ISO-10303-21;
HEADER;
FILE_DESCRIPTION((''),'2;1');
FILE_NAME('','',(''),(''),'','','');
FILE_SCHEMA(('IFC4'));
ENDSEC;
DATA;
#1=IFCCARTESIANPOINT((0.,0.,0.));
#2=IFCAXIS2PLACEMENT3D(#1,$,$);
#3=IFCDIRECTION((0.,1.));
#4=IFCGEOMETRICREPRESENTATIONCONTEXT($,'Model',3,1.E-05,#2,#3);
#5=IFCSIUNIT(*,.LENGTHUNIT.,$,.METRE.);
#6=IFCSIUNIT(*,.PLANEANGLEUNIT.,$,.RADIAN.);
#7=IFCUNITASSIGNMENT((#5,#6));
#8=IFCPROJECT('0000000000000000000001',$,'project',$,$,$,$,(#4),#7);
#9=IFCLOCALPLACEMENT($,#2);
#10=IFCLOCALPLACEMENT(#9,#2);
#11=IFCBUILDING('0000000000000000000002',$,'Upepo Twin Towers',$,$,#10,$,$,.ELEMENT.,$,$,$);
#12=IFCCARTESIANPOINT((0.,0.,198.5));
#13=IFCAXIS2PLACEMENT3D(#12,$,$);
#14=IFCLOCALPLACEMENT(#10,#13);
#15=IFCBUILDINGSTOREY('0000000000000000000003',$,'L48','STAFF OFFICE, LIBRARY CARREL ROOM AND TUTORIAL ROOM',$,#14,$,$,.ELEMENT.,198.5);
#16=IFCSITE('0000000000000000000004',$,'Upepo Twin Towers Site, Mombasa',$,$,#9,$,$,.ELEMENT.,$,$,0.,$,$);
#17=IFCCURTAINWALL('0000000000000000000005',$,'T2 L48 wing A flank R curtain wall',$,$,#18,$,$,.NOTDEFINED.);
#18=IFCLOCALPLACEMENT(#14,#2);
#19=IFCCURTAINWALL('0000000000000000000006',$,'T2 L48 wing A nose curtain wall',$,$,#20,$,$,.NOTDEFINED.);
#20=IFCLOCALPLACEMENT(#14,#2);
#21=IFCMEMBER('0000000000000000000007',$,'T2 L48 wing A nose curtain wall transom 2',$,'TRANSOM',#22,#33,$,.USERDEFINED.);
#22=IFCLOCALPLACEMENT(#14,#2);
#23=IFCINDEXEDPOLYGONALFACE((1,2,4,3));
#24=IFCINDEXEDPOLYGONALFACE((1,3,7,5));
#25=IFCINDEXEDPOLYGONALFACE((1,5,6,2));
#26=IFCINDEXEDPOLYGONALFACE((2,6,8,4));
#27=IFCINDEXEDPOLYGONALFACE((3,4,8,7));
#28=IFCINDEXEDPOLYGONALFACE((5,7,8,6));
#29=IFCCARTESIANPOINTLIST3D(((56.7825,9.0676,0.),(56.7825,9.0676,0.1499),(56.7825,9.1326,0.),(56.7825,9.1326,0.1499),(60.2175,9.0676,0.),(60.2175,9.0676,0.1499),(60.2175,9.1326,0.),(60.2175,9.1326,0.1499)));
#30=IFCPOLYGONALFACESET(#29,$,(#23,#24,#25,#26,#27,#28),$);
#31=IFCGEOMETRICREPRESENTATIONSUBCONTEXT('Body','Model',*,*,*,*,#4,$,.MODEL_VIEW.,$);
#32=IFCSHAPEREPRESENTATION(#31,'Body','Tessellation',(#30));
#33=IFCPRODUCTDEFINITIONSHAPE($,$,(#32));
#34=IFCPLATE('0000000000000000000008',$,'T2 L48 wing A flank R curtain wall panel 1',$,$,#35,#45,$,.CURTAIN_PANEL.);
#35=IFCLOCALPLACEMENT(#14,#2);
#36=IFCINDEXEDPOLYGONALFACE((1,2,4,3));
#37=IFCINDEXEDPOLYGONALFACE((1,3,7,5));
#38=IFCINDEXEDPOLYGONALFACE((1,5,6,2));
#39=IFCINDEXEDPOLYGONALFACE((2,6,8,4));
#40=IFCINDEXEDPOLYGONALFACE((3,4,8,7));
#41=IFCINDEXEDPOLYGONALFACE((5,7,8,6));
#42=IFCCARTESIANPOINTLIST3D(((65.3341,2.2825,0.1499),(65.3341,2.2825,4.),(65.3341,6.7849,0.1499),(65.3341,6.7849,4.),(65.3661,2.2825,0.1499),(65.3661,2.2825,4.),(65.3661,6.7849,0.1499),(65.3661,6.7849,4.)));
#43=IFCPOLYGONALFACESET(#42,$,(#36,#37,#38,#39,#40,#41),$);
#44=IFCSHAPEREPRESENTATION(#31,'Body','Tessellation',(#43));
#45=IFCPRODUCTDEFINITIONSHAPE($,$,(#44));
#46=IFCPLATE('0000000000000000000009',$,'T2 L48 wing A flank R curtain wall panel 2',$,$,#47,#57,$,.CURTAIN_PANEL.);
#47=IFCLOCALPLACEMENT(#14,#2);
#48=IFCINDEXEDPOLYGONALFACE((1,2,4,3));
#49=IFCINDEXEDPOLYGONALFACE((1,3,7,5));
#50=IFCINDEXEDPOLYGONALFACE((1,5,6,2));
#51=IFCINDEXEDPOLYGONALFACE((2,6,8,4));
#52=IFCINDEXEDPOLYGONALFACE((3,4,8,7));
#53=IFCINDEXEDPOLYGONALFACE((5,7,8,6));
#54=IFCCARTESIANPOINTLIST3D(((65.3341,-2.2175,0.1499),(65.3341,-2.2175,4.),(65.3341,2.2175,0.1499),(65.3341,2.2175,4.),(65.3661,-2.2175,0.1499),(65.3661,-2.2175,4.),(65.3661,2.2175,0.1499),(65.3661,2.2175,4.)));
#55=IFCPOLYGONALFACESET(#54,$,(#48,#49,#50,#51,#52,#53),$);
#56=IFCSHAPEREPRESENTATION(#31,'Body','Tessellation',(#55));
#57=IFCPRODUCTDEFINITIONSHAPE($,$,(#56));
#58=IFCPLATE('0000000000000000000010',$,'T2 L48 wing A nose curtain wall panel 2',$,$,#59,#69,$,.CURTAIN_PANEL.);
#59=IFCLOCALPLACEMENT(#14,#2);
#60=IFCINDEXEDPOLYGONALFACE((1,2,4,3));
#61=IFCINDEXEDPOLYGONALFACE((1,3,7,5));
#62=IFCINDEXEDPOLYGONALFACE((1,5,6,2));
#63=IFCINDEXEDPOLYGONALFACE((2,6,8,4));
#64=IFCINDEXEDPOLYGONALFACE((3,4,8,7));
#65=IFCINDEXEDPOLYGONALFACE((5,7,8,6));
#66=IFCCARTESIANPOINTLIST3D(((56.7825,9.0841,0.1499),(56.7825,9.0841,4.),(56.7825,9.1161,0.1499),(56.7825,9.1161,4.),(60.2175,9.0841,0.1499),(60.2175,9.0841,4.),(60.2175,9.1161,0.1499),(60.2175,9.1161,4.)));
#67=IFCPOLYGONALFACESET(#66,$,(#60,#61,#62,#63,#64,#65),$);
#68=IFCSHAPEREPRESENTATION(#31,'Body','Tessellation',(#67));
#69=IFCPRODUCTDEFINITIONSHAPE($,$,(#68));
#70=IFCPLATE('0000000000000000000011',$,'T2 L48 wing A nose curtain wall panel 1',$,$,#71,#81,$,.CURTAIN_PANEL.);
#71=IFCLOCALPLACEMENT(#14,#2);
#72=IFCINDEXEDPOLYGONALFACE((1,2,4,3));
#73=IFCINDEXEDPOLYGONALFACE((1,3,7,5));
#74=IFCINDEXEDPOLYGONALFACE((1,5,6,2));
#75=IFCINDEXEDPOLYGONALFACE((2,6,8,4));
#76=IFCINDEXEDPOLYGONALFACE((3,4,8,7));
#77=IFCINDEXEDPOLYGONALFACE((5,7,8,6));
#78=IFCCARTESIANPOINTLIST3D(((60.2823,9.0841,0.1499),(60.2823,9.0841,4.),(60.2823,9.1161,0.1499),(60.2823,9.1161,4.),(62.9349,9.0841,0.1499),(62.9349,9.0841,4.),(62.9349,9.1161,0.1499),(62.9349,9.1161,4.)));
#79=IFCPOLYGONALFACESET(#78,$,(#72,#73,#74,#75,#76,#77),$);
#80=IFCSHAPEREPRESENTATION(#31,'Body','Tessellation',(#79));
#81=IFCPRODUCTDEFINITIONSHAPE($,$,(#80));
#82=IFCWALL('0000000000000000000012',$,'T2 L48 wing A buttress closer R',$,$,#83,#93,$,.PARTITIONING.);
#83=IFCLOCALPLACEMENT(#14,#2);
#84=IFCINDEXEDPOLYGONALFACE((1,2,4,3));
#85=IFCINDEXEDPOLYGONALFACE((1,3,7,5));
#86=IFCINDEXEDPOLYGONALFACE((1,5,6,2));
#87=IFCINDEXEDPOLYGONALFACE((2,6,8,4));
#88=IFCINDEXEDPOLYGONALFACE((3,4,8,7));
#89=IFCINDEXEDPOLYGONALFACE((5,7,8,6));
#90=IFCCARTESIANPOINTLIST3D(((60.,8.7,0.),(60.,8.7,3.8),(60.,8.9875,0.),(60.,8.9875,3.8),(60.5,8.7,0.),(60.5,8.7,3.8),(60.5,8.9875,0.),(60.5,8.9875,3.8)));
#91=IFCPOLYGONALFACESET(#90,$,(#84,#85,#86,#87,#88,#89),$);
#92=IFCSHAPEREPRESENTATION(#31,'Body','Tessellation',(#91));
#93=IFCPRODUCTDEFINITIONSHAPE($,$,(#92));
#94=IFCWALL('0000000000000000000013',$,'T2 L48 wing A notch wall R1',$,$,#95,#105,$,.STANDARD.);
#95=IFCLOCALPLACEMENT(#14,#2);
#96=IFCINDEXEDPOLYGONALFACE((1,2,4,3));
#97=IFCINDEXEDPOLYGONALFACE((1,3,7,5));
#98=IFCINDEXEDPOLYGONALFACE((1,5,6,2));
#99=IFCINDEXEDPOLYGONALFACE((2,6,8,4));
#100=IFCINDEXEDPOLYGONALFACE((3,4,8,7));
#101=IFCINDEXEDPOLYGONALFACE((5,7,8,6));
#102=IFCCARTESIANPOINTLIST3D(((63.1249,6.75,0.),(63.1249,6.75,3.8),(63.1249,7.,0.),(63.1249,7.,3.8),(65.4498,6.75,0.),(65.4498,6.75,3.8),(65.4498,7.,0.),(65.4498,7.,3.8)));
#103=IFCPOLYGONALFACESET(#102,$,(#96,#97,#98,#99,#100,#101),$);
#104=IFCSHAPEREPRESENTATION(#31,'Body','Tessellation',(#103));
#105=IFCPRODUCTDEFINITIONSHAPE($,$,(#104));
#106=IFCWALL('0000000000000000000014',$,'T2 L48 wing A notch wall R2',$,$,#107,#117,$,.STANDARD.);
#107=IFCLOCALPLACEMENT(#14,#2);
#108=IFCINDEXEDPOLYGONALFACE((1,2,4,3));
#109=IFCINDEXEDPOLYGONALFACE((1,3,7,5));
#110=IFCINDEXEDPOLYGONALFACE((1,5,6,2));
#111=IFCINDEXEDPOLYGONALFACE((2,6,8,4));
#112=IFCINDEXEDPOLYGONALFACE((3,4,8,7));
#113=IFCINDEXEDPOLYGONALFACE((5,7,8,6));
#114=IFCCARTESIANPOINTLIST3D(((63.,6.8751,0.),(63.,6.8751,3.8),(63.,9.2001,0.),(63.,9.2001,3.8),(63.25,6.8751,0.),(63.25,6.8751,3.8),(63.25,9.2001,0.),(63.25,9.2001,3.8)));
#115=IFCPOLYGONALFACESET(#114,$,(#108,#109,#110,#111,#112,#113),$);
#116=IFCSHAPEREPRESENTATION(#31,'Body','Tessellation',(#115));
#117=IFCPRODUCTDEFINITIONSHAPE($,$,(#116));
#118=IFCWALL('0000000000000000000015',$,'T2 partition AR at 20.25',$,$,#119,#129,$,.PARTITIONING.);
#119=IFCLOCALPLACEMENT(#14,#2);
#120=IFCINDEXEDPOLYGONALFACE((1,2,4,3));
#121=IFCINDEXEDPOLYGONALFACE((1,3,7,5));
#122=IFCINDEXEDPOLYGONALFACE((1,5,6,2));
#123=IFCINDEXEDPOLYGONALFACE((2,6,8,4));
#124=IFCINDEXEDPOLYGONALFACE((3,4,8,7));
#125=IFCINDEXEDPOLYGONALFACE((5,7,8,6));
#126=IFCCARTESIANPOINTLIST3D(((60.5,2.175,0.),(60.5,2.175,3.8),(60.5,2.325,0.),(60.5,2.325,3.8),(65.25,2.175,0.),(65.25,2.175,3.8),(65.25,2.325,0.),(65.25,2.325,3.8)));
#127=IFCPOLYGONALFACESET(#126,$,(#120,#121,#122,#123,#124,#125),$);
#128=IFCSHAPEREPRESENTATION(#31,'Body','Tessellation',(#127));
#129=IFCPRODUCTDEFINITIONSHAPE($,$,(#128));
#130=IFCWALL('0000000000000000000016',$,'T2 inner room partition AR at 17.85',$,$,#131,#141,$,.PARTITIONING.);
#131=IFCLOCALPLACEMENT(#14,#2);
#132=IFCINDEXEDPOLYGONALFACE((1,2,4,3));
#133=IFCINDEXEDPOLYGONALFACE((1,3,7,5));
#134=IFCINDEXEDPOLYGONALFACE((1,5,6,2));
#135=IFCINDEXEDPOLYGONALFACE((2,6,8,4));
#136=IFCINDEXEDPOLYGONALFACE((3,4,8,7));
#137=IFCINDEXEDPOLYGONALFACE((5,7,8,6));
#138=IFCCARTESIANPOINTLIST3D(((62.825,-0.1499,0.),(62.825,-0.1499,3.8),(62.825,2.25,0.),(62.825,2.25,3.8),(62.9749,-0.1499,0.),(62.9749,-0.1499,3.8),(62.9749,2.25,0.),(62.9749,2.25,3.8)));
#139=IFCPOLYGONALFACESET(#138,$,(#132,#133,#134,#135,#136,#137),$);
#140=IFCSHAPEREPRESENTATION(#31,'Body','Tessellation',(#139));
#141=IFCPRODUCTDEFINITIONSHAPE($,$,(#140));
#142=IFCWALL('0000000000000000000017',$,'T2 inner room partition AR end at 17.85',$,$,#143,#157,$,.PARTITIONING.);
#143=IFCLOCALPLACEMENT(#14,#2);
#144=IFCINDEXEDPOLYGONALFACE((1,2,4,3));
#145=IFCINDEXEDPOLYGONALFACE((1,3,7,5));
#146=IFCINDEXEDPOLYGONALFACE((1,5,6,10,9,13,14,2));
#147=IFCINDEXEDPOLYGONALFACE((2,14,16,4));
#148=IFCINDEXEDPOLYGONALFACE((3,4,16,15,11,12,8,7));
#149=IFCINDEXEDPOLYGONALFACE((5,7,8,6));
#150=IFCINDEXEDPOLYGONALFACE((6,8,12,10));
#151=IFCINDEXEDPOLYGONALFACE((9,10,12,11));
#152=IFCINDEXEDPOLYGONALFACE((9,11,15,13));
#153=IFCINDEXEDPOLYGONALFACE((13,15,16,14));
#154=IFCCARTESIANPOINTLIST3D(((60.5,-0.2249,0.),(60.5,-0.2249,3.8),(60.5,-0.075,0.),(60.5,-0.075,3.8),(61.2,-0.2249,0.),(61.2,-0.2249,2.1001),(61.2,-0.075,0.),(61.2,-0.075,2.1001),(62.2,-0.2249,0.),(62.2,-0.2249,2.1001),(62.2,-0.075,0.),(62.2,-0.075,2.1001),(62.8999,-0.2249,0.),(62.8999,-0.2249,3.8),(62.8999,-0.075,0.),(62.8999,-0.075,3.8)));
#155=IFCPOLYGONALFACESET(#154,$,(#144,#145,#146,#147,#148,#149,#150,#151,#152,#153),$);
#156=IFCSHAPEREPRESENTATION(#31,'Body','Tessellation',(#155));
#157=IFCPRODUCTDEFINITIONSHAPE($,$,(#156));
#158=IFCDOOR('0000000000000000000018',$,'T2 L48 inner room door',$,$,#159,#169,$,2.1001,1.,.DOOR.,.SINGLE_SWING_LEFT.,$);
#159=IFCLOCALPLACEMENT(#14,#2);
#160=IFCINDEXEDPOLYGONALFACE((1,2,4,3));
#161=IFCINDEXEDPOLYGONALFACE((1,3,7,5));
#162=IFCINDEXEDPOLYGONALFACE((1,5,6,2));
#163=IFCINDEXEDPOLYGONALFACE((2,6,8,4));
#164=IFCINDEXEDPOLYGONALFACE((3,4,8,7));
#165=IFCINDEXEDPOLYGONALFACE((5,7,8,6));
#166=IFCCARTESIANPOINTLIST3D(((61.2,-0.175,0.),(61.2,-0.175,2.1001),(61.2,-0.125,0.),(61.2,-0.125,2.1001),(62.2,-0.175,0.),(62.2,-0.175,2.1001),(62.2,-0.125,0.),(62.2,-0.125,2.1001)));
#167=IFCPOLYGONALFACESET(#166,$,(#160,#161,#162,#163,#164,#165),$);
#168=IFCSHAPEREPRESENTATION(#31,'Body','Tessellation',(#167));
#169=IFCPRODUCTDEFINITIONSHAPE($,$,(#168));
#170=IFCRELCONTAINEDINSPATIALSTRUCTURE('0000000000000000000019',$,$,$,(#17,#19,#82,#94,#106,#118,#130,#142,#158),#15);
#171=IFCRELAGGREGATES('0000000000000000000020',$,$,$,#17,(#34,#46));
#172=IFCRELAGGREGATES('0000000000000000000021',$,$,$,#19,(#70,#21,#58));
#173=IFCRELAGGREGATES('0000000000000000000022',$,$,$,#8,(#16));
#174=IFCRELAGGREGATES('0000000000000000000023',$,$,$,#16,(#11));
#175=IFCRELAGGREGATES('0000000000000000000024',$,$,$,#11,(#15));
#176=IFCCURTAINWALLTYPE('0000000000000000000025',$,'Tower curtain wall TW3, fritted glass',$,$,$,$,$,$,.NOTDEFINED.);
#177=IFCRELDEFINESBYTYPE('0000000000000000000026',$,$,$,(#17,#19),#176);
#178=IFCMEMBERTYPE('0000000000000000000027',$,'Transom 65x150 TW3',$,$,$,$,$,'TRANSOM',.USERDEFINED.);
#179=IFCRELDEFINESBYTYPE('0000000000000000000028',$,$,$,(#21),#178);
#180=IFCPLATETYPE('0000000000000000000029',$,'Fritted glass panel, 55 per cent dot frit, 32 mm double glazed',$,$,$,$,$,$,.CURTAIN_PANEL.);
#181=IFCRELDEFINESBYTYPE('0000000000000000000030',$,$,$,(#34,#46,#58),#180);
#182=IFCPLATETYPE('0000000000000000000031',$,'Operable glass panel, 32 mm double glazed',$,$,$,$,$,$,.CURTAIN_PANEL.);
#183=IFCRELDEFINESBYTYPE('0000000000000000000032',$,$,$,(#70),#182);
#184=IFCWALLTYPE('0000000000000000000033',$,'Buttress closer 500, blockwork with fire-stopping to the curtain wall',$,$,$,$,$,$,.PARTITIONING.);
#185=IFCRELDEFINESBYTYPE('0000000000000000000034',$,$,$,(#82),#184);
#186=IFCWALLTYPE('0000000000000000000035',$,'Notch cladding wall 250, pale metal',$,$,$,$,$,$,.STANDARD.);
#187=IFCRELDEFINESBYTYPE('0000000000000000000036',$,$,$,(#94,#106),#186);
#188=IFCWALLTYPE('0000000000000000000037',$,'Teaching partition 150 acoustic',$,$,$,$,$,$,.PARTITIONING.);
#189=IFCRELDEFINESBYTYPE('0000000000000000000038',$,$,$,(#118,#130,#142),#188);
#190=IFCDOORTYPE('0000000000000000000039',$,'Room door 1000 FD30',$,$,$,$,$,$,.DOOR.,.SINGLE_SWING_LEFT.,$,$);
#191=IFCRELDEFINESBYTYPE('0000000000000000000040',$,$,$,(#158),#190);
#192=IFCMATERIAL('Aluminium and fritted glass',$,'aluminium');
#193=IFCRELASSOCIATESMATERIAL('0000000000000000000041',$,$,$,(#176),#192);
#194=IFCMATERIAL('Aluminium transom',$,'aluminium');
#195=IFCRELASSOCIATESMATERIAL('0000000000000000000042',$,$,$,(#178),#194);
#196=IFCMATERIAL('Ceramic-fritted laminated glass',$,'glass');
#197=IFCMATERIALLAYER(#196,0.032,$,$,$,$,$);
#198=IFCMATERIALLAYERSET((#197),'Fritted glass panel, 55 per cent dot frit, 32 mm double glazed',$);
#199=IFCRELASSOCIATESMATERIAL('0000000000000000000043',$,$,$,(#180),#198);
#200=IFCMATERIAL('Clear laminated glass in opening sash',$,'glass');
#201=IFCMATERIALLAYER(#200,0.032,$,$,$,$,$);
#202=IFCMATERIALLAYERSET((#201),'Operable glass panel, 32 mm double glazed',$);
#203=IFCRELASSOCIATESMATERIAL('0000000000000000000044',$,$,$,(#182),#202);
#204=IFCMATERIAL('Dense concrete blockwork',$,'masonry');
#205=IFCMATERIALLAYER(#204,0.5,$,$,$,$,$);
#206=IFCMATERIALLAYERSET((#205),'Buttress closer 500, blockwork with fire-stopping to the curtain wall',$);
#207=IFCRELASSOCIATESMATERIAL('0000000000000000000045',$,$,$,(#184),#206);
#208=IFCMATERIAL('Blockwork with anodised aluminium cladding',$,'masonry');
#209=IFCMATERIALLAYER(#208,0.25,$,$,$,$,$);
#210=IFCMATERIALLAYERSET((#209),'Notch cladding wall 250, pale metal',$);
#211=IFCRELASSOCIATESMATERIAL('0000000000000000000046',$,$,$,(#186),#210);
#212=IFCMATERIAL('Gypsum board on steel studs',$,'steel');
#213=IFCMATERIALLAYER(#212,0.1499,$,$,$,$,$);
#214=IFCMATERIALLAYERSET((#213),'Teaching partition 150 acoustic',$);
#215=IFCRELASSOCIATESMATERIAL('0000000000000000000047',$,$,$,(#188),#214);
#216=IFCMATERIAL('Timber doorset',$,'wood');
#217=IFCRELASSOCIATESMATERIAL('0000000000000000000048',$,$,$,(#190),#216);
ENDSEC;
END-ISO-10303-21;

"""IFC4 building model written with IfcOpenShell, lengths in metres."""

from ifc_helpers import new_model, si_unit, direction, frame, frame_2d, origin, origin_2d, place, context, subcontext, project, spatial, rectangle, extrude, material, layer, layer_set, material_profile, profile_set, type_object, element, fill, aggregate, save


model = new_model("IFC4")

# Units and contexts
model_context = context("Model", 3, precision=1e-05, world=origin(), true_north=direction((0.0, 1.0)))
body_context = subcontext(model_context, "Body", "Model", "MODEL_VIEW")
ifc_project = project(units=[si_unit("LENGTHUNIT", "METRE"), si_unit("PLANEANGLEUNIT", "RADIAN")], contexts=[model_context])

# Site, building, storey
site_placement = place(None, origin())
site = spatial("IfcSite", under=ifc_project, at=site_placement, Name="Upepo Twin Towers Site, Mombasa", CompositionType="ELEMENT", RefElevation=0.0)
building_placement = place(site_placement, origin())
building = spatial("IfcBuilding", under=site, at=building_placement, Name="Upepo Twin Towers", CompositionType="ELEMENT")
storey_placement = place(building_placement, frame((0.0, 0.0, 198.5)))
storey = spatial("IfcBuildingStorey", under=building, at=storey_placement, Name="L48", Description="STAFF OFFICE, LIBRARY CARREL ROOM AND TUTORIAL ROOM", CompositionType="ELEMENT", Elevation=198.5)

# Curtain walls
ifc_material_1 = material(Name="Aluminium and fritted glass", Category="aluminium")
curtain_wall_type = type_object("IfcCurtainWallType", Name="Tower curtain wall TW3, fritted glass", PredefinedType="NOTDEFINED", material=ifc_material_1)
curtain_wall_1_placement = place(storey_placement, origin())
curtain_wall_1 = element("IfcCurtainWall", 1, at=curtain_wall_1_placement, inside=storey, type_object=curtain_wall_type, Name="T2 L48 wing A flank R curtain wall", PredefinedType="NOTDEFINED")
curtain_wall_2_placement = place(storey_placement, origin())
curtain_wall_2 = element("IfcCurtainWall", 2, at=curtain_wall_2_placement, inside=storey, type_object=curtain_wall_type, Name="T2 L48 wing A nose curtain wall", PredefinedType="NOTDEFINED")

# Member
ifc_material_2 = material(Name="Aluminium transom", Category="aluminium")
ifc_material_profile_1 = material_profile(ifc_material_2, rectangle(XDim=0.0649, YDim=0.1499, at=origin_2d()), Name="TRANSOM 65x150")
ifc_profile_set_1 = profile_set([ifc_material_profile_1], Name="Aluminium transom")
member_type_1 = type_object("IfcMemberType", Name="Transom 65x150 TW3", ElementType="TRANSOM", PredefinedType="USERDEFINED", material=ifc_profile_set_1)
member_1_placement = place(storey_placement, frame((60.2175, 9.1001, 0.075), z_axis=(-1.0, 0.0, 0.0), x_axis=(0.0, -1.0, 0.0)))
member_1 = element("IfcMember", 3, at=member_1_placement, type_object=member_type_1, Name="T2 L48 wing A nose curtain wall transom 2", ObjectType="TRANSOM", PredefinedType="USERDEFINED", context=body_context, shape_type="SweptSolid", body=[
    extrude(rectangle(XDim=0.0649, YDim=0.1499, at=origin_2d()), origin(), (0.0, 0.0, 1.0), 3.4351),
])

# Plates
ifc_material_3 = material(Name="Ceramic-fritted laminated glass", Category="glass")
ifc_layer_1 = layer(ifc_material_3, 0.032)
ifc_layer_set_1 = layer_set([ifc_layer_1], Name="Fritted glass panel, 55 per cent dot frit, 32 mm double glazed")
plate_type_1 = type_object("IfcPlateType", Name="Fritted glass panel, 55 per cent dot frit, 32 mm double glazed", PredefinedType="CURTAIN_PANEL", material=ifc_layer_set_1)
plate_1_placement = place(storey_placement, frame((65.3501, 4.5337, 0.1499), z_axis=(0.0, 0.0, 1.0), x_axis=(0.0, -1.0, 0.0)))
plate_1 = element("IfcPlate", 4, at=plate_1_placement, type_object=plate_type_1, Name="T2 L48 wing A flank R curtain wall panel 1", PredefinedType="CURTAIN_PANEL", context=body_context, shape_type="SweptSolid", body=[
    extrude(rectangle(XDim=4.5024, YDim=0.032, at=origin_2d()), origin(), (0.0, 0.0, 1.0), 3.8501),
])
plate_2_placement = place(storey_placement, frame((65.3501, 0.0, 0.1499), z_axis=(0.0, 0.0, 1.0), x_axis=(0.0, -1.0, 0.0)))
plate_2 = element("IfcPlate", 5, at=plate_2_placement, type_object=plate_type_1, Name="T2 L48 wing A flank R curtain wall panel 2", PredefinedType="CURTAIN_PANEL", context=body_context, shape_type="SweptSolid", body=[
    extrude(rectangle(XDim=4.4351, YDim=0.032, at=origin_2d()), origin(), (0.0, 0.0, 1.0), 3.8501),
])
aggregate(curtain_wall_1, [plate_1, plate_2])
plate_3_placement = place(storey_placement, frame((58.5, 9.1001, 0.1499), z_axis=(0.0, 0.0, 1.0), x_axis=(-1.0, 0.0, 0.0)))
plate_3 = element("IfcPlate", 6, at=plate_3_placement, type_object=plate_type_1, Name="T2 L48 wing A nose curtain wall panel 2", PredefinedType="CURTAIN_PANEL", context=body_context, shape_type="SweptSolid", body=[
    extrude(rectangle(XDim=3.4351, YDim=0.032, at=origin_2d()), origin(), (0.0, 0.0, 1.0), 3.8501),
])
ifc_material_4 = material(Name="Clear laminated glass in opening sash", Category="glass")
ifc_layer_2 = layer(ifc_material_4, 0.032)
ifc_layer_set_2 = layer_set([ifc_layer_2], Name="Operable glass panel, 32 mm double glazed")
plate_type_2 = type_object("IfcPlateType", Name="Operable glass panel, 32 mm double glazed", PredefinedType="CURTAIN_PANEL", material=ifc_layer_set_2)
plate_4_placement = place(storey_placement, frame((61.6086, 9.1001, 0.1499), z_axis=(0.0, 0.0, 1.0), x_axis=(-1.0, 0.0, 0.0)))
plate_4 = element("IfcPlate", 7, at=plate_4_placement, type_object=plate_type_2, Name="T2 L48 wing A nose curtain wall panel 1", PredefinedType="CURTAIN_PANEL", context=body_context, shape_type="SweptSolid", body=[
    extrude(rectangle(XDim=2.6526, YDim=0.032, at=origin_2d()), origin(), (0.0, 0.0, 1.0), 3.8501),
])
aggregate(curtain_wall_2, [plate_4, member_1, plate_3])

# Walls
ifc_material_5 = material(Name="Dense concrete blockwork", Category="masonry")
ifc_layer_3 = layer(ifc_material_5, 0.5)
ifc_layer_set_3 = layer_set([ifc_layer_3], Name="Buttress closer 500, blockwork with fire-stopping to the curtain wall")
wall_type_1 = type_object("IfcWallType", Name="Buttress closer 500, blockwork with fire-stopping to the curtain wall", PredefinedType="PARTITIONING", material=ifc_layer_set_3)
wall_1_placement = place(storey_placement, frame((60.25, 8.7, 0.0), z_axis=(0.0, 0.0, 1.0), x_axis=(0.0, 1.0, 0.0)))
element("IfcWall", 8, at=wall_1_placement, inside=storey, type_object=wall_type_1, Name="T2 L48 wing A buttress closer R", PredefinedType="PARTITIONING", context=body_context, shape_type="SweptSolid", body=[
    extrude(rectangle(XDim=0.2876, YDim=0.5, at=frame_2d((0.1438, 0.0))), origin(), (0.0, 0.0, 1.0), 3.8),
])
ifc_material_6 = material(Name="Blockwork with anodised aluminium cladding", Category="masonry")
ifc_layer_4 = layer(ifc_material_6, 0.25)
ifc_layer_set_4 = layer_set([ifc_layer_4], Name="Notch cladding wall 250, pale metal")
wall_type_2 = type_object("IfcWallType", Name="Notch cladding wall 250, pale metal", PredefinedType="STANDARD", material=ifc_layer_set_4)
for number, where, z_axis, x_axis, name in (
    (9, (65.45, 6.875, 0.0), (0.0, 0.0, 1.0), (-1.0, 0.0, 0.0), "T2 L48 wing A notch wall R1"),
    (10, (63.125, 6.875, 0.0), (0.0, 0.0, 1.0), (0.0, 1.0, 0.0), "T2 L48 wing A notch wall R2"),
):
    element("IfcWall", number, at=place(storey_placement, frame(where, z_axis=z_axis, x_axis=x_axis)), inside=storey, type_object=wall_type_2, Name=name, PredefinedType="STANDARD", context=body_context, shape_type="SweptSolid", body=[
        extrude(rectangle(XDim=2.325, YDim=0.25, at=frame_2d((1.1626, 0.0))), origin(), (0.0, 0.0, 1.0), 3.8),
    ])
ifc_material_7 = material(Name="Gypsum board on steel studs", Category="steel")
ifc_layer_5 = layer(ifc_material_7, 0.1499)
ifc_layer_set_5 = layer_set([ifc_layer_5], Name="Teaching partition 150 acoustic")
wall_type_3 = type_object("IfcWallType", Name="Teaching partition 150 acoustic", PredefinedType="PARTITIONING", material=ifc_layer_set_5)
wall_2_placement = place(storey_placement, frame((60.5, 2.25, 0.0), z_axis=(0.0, 0.0, 1.0), x_axis=(1.0, 0.0, 0.0)))
element("IfcWall", 11, at=wall_2_placement, inside=storey, type_object=wall_type_3, Name="T2 partition AR at 20.25", PredefinedType="PARTITIONING", context=body_context, shape_type="SweptSolid", body=[
    extrude(rectangle(XDim=4.75, YDim=0.1499, at=frame_2d((2.375, 0.0))), origin(), (0.0, 0.0, 1.0), 3.8),
])
wall_3_placement = place(storey_placement, frame((62.8999, -0.1499, 0.0), z_axis=(0.0, 0.0, 1.0), x_axis=(0.0, 1.0, 0.0)))
element("IfcWall", 12, at=wall_3_placement, inside=storey, type_object=wall_type_3, Name="T2 inner room partition AR at 17.85", PredefinedType="PARTITIONING", context=body_context, shape_type="SweptSolid", body=[
    extrude(rectangle(XDim=2.3999, YDim=0.1499, at=frame_2d((1.2, 0.0))), origin(), (0.0, 0.0, 1.0), 3.8),
])

# Wall, opening, door
wall_4_placement = place(storey_placement, frame((60.5, -0.1499, 0.0), z_axis=(0.0, 0.0, 1.0), x_axis=(1.0, 0.0, 0.0)))
wall_4 = element("IfcWall", 13, at=wall_4_placement, inside=storey, type_object=wall_type_3, Name="T2 inner room partition AR end at 17.85", PredefinedType="PARTITIONING", context=body_context, shape_type="SweptSolid", body=[
    extrude(rectangle(XDim=2.3999, YDim=0.1499, at=frame_2d((1.2, 0.0))), origin(), (0.0, 0.0, 1.0), 3.8),
])
opening_placement = place(wall_4_placement, frame((0.7, 0.0, 0.0)))
opening = element("IfcOpeningElement", 14, at=opening_placement, cuts=wall_4, PredefinedType="OPENING", context=body_context, shape_type="SweptSolid", body=[
    extrude(rectangle(XDim=1.0, YDim=2.1001, at=frame_2d((0.5, 1.05))), frame((0.0, 0.085, 0.0), z_axis=(0.0, -1.0, 0.0), x_axis=(1.0, 0.0, 0.0)), (0.0, 0.0, 1.0), 0.1699),
])
ifc_material_8 = material(Name="Timber doorset", Category="wood")
door_type = type_object("IfcDoorType", Name="Room door 1000 FD30", OperationType="SINGLE_SWING_LEFT", PredefinedType="DOOR", material=ifc_material_8)
door_placement = place(opening_placement, origin())
door = element("IfcDoor", 15, at=door_placement, inside=storey, type_object=door_type, Name="T2 L48 inner room door", OperationType="SINGLE_SWING_LEFT", OverallHeight=2.1001, OverallWidth=1.0, PredefinedType="DOOR", context=body_context, shape_type="SweptSolid", body=[
    extrude(rectangle(XDim=1.0, YDim=2.1001, at=frame_2d((0.5, 1.05))), frame((0.0, 0.0249, 0.0), z_axis=(0.0, -1.0, 0.0), x_axis=(1.0, 0.0, 0.0)), (0.0, 0.0, 1.0), 0.05),
])
fill(opening, door)

save(model, "model.ifc")
